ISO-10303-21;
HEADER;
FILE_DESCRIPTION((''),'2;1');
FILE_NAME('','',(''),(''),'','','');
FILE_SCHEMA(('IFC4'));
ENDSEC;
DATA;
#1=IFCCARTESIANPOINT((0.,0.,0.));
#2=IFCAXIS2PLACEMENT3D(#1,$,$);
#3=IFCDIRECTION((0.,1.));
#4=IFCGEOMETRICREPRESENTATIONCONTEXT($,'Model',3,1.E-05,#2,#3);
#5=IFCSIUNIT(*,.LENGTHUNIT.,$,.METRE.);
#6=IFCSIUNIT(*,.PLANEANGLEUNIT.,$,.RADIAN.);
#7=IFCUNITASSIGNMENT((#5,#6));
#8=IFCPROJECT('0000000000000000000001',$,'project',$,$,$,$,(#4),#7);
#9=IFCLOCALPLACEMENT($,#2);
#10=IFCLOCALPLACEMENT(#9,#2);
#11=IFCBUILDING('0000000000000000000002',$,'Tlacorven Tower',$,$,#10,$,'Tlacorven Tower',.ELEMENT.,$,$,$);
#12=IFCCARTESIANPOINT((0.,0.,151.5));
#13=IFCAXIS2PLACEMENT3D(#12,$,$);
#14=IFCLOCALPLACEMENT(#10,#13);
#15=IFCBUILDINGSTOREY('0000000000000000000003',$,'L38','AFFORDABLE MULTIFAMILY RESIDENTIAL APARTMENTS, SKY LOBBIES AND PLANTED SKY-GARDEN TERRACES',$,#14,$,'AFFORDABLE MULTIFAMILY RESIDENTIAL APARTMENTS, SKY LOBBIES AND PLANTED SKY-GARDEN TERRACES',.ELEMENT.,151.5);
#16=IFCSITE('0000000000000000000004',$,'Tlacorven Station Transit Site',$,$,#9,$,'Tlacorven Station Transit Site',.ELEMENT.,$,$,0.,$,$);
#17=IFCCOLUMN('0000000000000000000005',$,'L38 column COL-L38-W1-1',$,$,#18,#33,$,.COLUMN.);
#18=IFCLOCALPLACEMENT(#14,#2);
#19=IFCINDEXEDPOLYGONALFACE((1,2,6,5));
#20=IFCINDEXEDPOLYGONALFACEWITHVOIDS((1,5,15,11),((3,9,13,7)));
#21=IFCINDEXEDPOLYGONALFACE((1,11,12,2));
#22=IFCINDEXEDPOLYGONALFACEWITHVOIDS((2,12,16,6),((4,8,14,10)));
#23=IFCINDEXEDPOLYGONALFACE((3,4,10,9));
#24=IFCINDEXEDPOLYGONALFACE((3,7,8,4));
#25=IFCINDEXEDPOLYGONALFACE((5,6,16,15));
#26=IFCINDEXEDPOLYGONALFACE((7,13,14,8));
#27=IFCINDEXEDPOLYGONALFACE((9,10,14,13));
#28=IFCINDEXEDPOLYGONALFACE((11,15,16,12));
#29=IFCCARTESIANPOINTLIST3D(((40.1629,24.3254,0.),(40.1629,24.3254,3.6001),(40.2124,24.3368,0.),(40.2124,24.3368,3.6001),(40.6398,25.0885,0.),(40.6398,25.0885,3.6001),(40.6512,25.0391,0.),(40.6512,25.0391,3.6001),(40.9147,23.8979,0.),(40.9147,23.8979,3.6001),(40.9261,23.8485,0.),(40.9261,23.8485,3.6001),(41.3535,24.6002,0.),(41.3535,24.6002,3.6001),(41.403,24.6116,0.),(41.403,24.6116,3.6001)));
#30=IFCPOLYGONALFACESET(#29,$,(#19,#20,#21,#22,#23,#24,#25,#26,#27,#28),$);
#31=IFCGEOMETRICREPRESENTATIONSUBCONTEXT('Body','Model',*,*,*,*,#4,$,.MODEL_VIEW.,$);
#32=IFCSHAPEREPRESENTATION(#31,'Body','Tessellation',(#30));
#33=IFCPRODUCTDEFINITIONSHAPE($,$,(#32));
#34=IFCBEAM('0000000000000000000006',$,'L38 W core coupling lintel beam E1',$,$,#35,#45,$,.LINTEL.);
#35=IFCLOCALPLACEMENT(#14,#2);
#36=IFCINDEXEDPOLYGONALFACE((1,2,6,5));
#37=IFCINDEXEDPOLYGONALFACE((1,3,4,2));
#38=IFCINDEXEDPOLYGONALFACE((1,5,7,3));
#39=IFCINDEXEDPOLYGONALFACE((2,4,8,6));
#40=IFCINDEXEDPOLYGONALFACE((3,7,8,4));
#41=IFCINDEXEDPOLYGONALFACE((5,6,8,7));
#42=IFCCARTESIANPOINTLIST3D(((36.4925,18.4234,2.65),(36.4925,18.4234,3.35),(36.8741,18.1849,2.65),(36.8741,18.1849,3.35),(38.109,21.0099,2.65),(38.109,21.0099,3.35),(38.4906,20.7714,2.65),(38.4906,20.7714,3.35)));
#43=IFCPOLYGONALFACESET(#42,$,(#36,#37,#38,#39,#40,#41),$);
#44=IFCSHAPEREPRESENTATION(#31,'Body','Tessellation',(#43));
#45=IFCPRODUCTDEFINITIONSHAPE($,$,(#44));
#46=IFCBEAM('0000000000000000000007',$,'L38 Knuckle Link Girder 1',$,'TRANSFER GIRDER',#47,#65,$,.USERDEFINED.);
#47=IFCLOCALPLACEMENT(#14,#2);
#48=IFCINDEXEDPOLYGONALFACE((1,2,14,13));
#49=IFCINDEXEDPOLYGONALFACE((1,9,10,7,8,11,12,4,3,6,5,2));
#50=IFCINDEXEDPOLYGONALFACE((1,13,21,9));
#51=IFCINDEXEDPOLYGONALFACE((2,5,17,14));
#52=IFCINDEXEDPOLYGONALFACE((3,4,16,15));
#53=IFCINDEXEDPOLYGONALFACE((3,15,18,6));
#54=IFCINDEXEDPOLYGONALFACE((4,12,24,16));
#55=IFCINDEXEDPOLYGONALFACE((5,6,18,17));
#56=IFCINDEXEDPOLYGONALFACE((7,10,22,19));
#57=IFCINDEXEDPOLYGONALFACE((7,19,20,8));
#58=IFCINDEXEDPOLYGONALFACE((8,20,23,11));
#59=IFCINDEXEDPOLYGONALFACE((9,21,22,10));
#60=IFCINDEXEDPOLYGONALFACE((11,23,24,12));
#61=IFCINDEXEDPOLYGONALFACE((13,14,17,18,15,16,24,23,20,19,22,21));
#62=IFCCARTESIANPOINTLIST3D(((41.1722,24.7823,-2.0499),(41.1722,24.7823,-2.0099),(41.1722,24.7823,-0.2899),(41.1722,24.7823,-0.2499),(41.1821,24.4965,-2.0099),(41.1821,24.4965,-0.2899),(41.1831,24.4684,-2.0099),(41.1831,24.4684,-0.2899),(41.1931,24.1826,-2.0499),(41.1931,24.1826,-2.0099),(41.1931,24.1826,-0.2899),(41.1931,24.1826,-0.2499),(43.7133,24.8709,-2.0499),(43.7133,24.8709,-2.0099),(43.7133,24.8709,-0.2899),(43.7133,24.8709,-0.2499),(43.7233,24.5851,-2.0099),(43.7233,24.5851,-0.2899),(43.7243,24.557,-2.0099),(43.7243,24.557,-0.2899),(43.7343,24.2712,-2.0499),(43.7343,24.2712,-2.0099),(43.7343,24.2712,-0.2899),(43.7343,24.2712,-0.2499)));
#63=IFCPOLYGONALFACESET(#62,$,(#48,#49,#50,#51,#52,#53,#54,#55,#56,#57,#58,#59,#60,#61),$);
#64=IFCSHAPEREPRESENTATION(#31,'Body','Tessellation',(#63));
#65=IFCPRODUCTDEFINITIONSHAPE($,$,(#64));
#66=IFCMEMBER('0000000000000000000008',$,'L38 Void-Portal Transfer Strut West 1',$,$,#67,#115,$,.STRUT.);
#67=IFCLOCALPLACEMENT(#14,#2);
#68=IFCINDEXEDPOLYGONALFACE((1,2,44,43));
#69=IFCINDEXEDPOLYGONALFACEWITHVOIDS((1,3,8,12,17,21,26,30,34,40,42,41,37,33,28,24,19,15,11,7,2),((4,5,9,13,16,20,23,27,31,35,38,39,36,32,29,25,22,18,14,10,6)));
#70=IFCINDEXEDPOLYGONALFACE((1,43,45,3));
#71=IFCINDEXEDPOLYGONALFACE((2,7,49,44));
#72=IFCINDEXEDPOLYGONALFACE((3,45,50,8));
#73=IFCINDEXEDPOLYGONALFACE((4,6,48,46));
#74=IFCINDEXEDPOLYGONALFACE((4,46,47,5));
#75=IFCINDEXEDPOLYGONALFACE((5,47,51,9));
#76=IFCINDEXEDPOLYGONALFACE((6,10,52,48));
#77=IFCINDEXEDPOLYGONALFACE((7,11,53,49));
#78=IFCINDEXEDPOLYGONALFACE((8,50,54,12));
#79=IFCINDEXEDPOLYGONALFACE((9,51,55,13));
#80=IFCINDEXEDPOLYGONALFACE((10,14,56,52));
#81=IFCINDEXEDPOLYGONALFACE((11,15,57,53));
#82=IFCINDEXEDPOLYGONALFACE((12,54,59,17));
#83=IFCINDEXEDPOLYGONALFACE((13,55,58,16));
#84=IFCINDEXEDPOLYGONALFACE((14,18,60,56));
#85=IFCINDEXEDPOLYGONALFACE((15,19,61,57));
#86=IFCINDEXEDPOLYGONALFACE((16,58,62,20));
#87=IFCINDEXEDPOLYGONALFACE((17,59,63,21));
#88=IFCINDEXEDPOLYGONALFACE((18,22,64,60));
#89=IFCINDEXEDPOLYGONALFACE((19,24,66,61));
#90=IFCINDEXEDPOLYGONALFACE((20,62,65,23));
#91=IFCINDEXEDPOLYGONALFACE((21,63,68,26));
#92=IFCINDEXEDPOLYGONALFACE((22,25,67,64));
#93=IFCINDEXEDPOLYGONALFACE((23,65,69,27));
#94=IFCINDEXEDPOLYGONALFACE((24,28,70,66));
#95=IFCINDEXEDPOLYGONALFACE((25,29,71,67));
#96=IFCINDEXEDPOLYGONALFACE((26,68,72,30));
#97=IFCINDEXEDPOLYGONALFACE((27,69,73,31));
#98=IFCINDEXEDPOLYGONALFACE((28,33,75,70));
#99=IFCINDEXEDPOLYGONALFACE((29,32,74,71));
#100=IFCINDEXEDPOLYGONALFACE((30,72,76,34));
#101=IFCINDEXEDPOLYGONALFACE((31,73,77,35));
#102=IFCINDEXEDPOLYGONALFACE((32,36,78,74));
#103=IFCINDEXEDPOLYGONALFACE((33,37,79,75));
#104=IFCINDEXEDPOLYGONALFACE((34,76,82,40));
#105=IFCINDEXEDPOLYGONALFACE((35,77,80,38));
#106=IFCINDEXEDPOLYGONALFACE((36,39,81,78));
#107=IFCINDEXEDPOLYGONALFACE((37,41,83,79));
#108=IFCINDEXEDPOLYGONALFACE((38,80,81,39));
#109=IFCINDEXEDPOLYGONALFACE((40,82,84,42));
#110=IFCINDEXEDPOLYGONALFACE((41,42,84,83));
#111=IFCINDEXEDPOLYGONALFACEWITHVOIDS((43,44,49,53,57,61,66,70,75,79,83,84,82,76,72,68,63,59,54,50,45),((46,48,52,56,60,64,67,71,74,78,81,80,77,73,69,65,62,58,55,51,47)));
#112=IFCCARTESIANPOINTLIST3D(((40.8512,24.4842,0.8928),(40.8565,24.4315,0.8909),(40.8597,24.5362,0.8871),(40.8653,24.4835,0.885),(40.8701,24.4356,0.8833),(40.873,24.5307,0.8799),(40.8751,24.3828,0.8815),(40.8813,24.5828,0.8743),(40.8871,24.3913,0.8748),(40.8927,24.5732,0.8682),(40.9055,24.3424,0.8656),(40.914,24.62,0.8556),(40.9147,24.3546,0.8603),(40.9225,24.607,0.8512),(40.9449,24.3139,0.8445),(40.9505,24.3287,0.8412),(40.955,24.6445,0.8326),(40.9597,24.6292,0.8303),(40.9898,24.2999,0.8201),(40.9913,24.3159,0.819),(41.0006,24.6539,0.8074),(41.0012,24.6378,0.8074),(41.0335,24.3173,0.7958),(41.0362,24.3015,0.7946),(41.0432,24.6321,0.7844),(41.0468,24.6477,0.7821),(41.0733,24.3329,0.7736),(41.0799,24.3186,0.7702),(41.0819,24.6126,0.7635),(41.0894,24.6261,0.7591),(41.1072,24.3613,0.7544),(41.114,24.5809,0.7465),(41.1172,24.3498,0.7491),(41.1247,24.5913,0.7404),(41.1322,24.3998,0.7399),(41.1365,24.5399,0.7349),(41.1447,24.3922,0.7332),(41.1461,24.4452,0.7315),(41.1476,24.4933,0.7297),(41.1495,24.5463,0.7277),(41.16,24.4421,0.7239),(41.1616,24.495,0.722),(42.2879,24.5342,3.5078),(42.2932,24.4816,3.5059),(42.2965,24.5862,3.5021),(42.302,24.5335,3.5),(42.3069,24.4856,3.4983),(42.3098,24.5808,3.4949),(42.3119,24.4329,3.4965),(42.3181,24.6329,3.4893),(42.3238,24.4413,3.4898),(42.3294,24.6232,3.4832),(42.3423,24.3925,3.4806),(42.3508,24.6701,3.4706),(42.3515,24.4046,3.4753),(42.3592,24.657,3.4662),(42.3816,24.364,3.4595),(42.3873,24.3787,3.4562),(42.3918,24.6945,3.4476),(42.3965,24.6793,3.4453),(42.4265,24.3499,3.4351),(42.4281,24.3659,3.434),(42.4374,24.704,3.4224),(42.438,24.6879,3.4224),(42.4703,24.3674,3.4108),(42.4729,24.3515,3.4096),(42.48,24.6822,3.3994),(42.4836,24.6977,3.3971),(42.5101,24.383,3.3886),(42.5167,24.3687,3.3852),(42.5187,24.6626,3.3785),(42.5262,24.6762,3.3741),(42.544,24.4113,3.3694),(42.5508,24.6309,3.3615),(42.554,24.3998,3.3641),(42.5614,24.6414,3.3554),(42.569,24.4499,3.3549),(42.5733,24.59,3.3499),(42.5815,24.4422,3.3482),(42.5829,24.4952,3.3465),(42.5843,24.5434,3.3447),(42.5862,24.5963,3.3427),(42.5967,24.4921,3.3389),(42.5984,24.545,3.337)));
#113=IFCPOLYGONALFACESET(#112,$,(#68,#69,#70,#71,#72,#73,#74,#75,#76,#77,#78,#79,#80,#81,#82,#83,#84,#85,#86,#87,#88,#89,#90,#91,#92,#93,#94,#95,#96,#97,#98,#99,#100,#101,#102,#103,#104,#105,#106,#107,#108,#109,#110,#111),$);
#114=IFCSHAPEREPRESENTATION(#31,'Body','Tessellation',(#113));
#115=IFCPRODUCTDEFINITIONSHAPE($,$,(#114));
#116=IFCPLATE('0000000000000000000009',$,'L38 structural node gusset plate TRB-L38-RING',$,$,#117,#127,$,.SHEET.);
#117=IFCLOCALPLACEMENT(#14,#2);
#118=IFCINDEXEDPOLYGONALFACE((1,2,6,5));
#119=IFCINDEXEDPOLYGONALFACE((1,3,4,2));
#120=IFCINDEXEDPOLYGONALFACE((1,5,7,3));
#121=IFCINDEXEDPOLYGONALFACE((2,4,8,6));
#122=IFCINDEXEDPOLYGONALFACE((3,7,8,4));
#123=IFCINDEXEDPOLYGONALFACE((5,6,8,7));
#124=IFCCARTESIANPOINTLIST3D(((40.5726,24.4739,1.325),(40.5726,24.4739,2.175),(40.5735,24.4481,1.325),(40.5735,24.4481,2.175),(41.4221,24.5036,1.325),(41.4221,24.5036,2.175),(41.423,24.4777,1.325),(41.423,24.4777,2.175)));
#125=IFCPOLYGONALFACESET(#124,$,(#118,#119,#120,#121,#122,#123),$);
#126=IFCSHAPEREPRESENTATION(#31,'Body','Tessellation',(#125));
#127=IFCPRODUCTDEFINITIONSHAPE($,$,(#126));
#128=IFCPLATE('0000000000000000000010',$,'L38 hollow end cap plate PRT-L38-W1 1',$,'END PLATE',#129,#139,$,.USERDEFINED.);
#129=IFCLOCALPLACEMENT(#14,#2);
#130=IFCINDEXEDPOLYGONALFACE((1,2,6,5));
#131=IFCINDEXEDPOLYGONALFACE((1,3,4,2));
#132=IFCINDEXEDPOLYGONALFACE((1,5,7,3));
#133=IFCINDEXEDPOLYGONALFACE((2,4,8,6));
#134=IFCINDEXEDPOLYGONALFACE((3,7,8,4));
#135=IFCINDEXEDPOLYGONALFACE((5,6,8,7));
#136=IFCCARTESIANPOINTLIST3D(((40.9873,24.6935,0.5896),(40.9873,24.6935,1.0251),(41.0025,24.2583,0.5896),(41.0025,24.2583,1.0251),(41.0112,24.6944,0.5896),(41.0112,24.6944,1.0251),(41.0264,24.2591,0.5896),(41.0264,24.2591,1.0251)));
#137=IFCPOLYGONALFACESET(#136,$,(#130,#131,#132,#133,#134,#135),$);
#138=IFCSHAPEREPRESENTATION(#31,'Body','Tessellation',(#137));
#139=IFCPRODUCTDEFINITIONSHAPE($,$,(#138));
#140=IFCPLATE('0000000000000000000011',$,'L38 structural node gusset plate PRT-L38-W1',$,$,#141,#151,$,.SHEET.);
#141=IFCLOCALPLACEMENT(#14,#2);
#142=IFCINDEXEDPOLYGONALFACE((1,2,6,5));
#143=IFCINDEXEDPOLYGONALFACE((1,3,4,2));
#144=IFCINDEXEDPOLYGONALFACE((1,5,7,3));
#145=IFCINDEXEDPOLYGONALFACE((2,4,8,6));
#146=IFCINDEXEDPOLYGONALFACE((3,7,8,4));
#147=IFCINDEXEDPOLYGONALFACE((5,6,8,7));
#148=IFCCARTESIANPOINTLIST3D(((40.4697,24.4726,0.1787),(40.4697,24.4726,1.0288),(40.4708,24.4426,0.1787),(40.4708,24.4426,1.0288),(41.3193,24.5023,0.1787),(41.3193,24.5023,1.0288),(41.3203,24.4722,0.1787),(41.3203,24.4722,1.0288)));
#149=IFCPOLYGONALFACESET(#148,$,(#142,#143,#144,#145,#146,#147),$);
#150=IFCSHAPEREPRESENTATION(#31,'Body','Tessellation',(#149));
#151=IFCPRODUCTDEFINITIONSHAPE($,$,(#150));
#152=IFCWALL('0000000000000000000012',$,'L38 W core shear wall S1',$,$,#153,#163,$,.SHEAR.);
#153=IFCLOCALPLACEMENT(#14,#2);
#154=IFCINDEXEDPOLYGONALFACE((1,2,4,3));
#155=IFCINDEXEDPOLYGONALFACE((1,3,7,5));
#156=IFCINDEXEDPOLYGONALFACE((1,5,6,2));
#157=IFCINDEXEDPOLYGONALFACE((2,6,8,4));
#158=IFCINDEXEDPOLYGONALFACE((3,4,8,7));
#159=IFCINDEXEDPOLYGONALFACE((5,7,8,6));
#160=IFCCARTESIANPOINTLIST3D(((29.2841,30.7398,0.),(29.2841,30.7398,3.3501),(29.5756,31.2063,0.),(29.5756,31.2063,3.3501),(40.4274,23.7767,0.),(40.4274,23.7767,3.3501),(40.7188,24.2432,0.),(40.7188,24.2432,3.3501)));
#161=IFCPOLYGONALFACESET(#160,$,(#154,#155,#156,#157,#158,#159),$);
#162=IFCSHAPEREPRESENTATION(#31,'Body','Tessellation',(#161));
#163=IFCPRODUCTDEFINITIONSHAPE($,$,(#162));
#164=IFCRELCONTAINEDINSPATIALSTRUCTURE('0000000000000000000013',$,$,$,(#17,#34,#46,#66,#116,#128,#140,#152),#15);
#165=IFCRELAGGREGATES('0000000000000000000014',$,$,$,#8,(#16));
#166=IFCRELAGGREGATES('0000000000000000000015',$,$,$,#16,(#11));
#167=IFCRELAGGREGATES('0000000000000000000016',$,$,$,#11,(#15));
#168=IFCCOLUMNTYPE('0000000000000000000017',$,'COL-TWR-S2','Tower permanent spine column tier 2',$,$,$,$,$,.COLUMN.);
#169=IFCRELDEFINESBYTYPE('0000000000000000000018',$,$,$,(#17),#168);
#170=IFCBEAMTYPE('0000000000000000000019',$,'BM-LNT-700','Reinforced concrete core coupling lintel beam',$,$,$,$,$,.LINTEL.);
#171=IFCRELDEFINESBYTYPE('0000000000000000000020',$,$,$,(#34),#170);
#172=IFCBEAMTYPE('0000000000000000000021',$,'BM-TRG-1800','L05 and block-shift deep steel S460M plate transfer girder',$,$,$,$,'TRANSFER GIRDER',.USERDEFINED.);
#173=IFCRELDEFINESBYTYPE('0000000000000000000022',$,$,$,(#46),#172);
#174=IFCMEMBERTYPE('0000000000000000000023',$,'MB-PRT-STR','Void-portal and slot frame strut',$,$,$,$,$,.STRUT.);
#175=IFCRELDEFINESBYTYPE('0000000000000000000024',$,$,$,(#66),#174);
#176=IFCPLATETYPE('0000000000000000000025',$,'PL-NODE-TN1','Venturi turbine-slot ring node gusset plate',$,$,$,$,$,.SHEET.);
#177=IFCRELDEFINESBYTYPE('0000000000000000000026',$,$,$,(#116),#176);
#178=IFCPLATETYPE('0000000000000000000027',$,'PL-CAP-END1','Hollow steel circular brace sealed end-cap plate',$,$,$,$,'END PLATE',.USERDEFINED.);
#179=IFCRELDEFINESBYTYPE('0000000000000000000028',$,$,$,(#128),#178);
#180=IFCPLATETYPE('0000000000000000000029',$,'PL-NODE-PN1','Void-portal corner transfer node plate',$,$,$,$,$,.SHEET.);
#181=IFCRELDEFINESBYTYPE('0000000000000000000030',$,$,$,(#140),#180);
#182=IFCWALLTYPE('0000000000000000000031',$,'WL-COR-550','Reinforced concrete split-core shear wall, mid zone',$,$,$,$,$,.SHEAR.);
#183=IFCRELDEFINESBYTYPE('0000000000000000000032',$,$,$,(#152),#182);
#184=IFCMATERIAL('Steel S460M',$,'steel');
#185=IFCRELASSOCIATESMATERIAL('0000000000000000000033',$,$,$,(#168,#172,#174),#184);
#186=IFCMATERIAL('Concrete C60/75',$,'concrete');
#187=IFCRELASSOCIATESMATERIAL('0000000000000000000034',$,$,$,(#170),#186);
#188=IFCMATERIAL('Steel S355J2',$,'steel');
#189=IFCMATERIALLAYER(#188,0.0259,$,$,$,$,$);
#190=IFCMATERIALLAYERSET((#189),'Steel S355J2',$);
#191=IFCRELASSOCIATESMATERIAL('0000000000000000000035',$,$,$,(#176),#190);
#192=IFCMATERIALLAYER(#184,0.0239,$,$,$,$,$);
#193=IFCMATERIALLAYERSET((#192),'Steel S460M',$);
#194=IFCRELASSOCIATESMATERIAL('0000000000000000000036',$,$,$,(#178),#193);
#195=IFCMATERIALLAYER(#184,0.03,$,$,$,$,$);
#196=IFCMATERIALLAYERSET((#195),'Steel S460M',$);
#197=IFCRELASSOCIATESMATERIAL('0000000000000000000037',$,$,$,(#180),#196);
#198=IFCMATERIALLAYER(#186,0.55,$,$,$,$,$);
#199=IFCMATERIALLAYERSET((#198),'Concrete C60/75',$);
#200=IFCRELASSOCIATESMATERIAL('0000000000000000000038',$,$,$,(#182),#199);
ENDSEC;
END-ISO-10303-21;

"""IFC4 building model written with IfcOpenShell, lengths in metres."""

from ifc_helpers import new_model, si_unit, direction, frame, frame_2d, origin, origin_2d, place, context, subcontext, project, spatial, rectangle, hollow_rectangle, hollow_circle, i_section, extrude, source, transform, mapped, material, layer, layer_set, material_profile, profile_set, type_object, element, save


model = new_model("IFC4")

# Units and contexts
model_context = context("Model", 3, precision=1e-05, world=origin(), true_north=direction((0.0, 1.0)))
body_context = subcontext(model_context, "Body", "Model", "MODEL_VIEW")
ifc_project = project(units=[si_unit("LENGTHUNIT", "METRE"), si_unit("PLANEANGLEUNIT", "RADIAN")], contexts=[model_context])

# Site, building, storey
site_placement = place(None, origin())
site = spatial("IfcSite", under=ifc_project, at=site_placement, Name="Tlacorven Station Transit Site", LongName="Tlacorven Station Transit Site", CompositionType="ELEMENT", RefElevation=0.0)
building_placement = place(site_placement, origin())
building = spatial("IfcBuilding", under=site, at=building_placement, Name="Tlacorven Tower", LongName="Tlacorven Tower", CompositionType="ELEMENT")
storey_placement = place(building_placement, frame((0.0, 0.0, 151.5)))
storey = spatial("IfcBuildingStorey", under=building, at=storey_placement, Name="L38", Description="AFFORDABLE MULTIFAMILY RESIDENTIAL APARTMENTS, SKY LOBBIES AND PLANTED SKY-GARDEN TERRACES", LongName="AFFORDABLE MULTIFAMILY RESIDENTIAL APARTMENTS, SKY LOBBIES AND PLANTED SKY-GARDEN TERRACES", CompositionType="ELEMENT", Elevation=151.5)

# Column
ifc_material_1 = material(Name="Steel S460M", Category="steel")
ifc_material_profile_1 = material_profile(ifc_material_1, hollow_rectangle(XDim=0.8999, YDim=0.8999, WallThickness=0.0359, at=origin_2d()), Name="BOX 900X900X36")
ifc_profile_set_1 = profile_set([ifc_material_profile_1], Name="Steel S460M")
column_type = type_object("IfcColumnType", Name="COL-TWR-S2", Description="Tower permanent spine column tier 2", PredefinedType="COLUMN", material=ifc_profile_set_1)
shared_shape_1 = source(origin(), body_context, "Body", "SweptSolid", [
    extrude(hollow_rectangle(XDim=0.8999, YDim=0.8999, WallThickness=0.0359, at=origin_2d()), origin(), (0.0, 0.0, 1.0), 3.6001),
])
column_placement = place(storey_placement, frame((40.783, 24.4685, 0.0), z_axis=(0.0, 0.0, 1.0), x_axis=(-0.848048, 0.529919, 0.0)))
element("IfcColumn", 1, at=column_placement, inside=storey, type_object=column_type, Name="L38 column COL-L38-W1-1", PredefinedType="COLUMN", context=body_context, shape_type="MappedRepresentation", body=[
    mapped(shared_shape_1, transform((0.0, 0.0, 0.0), scale=1.0)),
])

# Beams
ifc_material_2 = material(Name="Concrete C60/75", Category="concrete")
ifc_material_profile_2 = material_profile(ifc_material_2, rectangle(XDim=0.45, YDim=0.7, at=origin_2d()), Name="RC 450X700")
ifc_profile_set_2 = profile_set([ifc_material_profile_2], Name="Concrete C60/75")
beam_type_1 = type_object("IfcBeamType", Name="BM-LNT-700", Description="Reinforced concrete core coupling lintel beam", PredefinedType="LINTEL", material=ifc_profile_set_2)
shared_shape_2 = source(origin(), body_context, "Body", "SweptSolid", [
    extrude(rectangle(XDim=0.45, YDim=0.7, at=origin_2d()), origin(), (0.0, 0.0, 1.0), 3.05),
])
beam_1_placement = place(storey_placement, frame((38.2998, 20.8906, 3.0), z_axis=(-0.529985, -0.848007, 0.0), x_axis=(0.848007, -0.529985, 0.0)))
element("IfcBeam", 2, at=beam_1_placement, inside=storey, type_object=beam_type_1, Name="L38 W core coupling lintel beam E1", PredefinedType="LINTEL", context=body_context, shape_type="MappedRepresentation", body=[
    mapped(shared_shape_2, transform((0.0, 0.0, 0.0), scale=1.0)),
])
ifc_material_profile_3 = material_profile(ifc_material_1, i_section(OverallWidth=0.6001, OverallDepth=1.8, WebThickness=0.0281, FlangeThickness=0.04, at=origin_2d()), Name="PG 1800X600X28X40")
ifc_profile_set_3 = profile_set([ifc_material_profile_3], Name="Steel S460M")
beam_type_2 = type_object("IfcBeamType", Name="BM-TRG-1800", Description="L05 and block-shift deep steel S460M plate transfer girder", ElementType="TRANSFER GIRDER", PredefinedType="USERDEFINED", material=ifc_profile_set_3)
shared_shape_3 = source(origin(), body_context, "Body", "SweptSolid", [
    extrude(i_section(OverallWidth=0.6001, OverallDepth=1.8, WebThickness=0.0281, FlangeThickness=0.04, at=origin_2d()), origin(), (0.0, 0.0, 1.0), 2.5427),
])
beam_2_placement = place(storey_placement, frame((41.1826, 24.4824, -1.1499), z_axis=(0.999392, 0.034852, 0.0), x_axis=(-0.034852, 0.999392, 0.0)))
element("IfcBeam", 3, at=beam_2_placement, inside=storey, type_object=beam_type_2, Name="L38 Knuckle Link Girder 1", ObjectType="TRANSFER GIRDER", PredefinedType="USERDEFINED", context=body_context, shape_type="MappedRepresentation", body=[
    mapped(shared_shape_3, transform((0.0, 0.0, 0.0), scale=1.0)),
])

# Member
ifc_material_profile_4 = material_profile(ifc_material_1, hollow_circle(Radius=0.1777, WallThickness=0.0161, at=origin_2d()), Name="CHS 355.6X16")
ifc_profile_set_4 = profile_set([ifc_material_profile_4], Name="Steel S460M")
member_type = type_object("IfcMemberType", Name="MB-PRT-STR", Description="Void-portal and slot frame strut", PredefinedType="STRUT", material=ifc_profile_set_4)
shared_shape_4 = source(origin(), body_context, "Body", "SweptSolid", [
    extrude(hollow_circle(Radius=0.1777, WallThickness=0.0161, at=origin_2d()), origin(), (0.0, 0.0, 1.0), 2.9841),
])
member_placement = place(storey_placement, frame((41.0068, 24.4763, 0.8074), z_axis=(0.481471, 0.016772, 0.876302), x_axis=(-0.034813, 0.999394, 0.0)))
element("IfcMember", 4, at=member_placement, inside=storey, type_object=member_type, Name="L38 Void-Portal Transfer Strut West 1", PredefinedType="STRUT", context=body_context, shape_type="MappedRepresentation", body=[
    mapped(shared_shape_4, transform((0.0, 0.0, 0.0), scale=1.0)),
])

# Plates
ifc_material_3 = material(Name="Steel S355J2", Category="steel")
ifc_layer_1 = layer(ifc_material_3, 0.0259)
ifc_layer_set_1 = layer_set([ifc_layer_1], Name="Steel S355J2")
plate_type_1 = type_object("IfcPlateType", Name="PL-NODE-TN1", Description="Venturi turbine-slot ring node gusset plate", PredefinedType="SHEET", material=ifc_layer_set_1)
shared_shape_5 = source(origin(), body_context, "Body", "SweptSolid", [
    extrude(rectangle(XDim=0.8501, YDim=0.0259, at=origin_2d()), origin(), (0.0, 0.0, 1.0), 0.8501),
])
plate_1_placement = place(storey_placement, frame((40.9978, 24.4758, 1.325), z_axis=(0.0, 0.0, 1.0), x_axis=(0.999391, 0.034899, 0.0)))
element("IfcPlate", 5, at=plate_1_placement, inside=storey, type_object=plate_type_1, Name="L38 structural node gusset plate TRB-L38-RING", PredefinedType="SHEET", context=body_context, shape_type="MappedRepresentation", body=[
    mapped(shared_shape_5, transform((0.0, 0.0, 0.0), scale=1.0)),
])
ifc_layer_2 = layer(ifc_material_1, 0.0239)
ifc_layer_set_2 = layer_set([ifc_layer_2], Name="Steel S460M")
plate_type_2 = type_object("IfcPlateType", Name="PL-CAP-END1", Description="Hollow steel circular brace sealed end-cap plate", ElementType="END PLATE", PredefinedType="USERDEFINED", material=ifc_layer_set_2)
shared_shape_6 = source(origin(), body_context, "Body", "SweptSolid", [
    extrude(rectangle(XDim=0.0239, YDim=0.4355, at=origin_2d()), origin(), (0.0, 0.0, 1.0), 0.4355),
])
plate_2_placement = place(storey_placement, frame((41.0068, 24.4763, 0.5896), z_axis=(0.0, 0.0, 1.0), x_axis=(0.999391, 0.034898, 0.0)))
element("IfcPlate", 6, at=plate_2_placement, inside=storey, type_object=plate_type_2, Name="L38 hollow end cap plate PRT-L38-W1 1", ObjectType="END PLATE", PredefinedType="USERDEFINED", context=body_context, shape_type="MappedRepresentation", body=[
    mapped(shared_shape_6, transform((0.0, 0.0, 0.0), scale=1.0)),
])
ifc_layer_3 = layer(ifc_material_1, 0.03)
ifc_layer_set_3 = layer_set([ifc_layer_3], Name="Steel S460M")
plate_type_3 = type_object("IfcPlateType", Name="PL-NODE-PN1", Description="Void-portal corner transfer node plate", PredefinedType="SHEET", material=ifc_layer_set_3)
shared_shape_7 = source(origin(), body_context, "Body", "SweptSolid", [
    extrude(rectangle(XDim=0.8501, YDim=0.03, at=origin_2d()), origin(), (0.0, 0.0, 1.0), 0.8501),
])
plate_3_placement = place(storey_placement, frame((40.895, 24.4724, 0.1787), z_axis=(0.0, 0.0, 1.0), x_axis=(0.999391, 0.034898, 0.0)))
element("IfcPlate", 7, at=plate_3_placement, inside=storey, type_object=plate_type_3, Name="L38 structural node gusset plate PRT-L38-W1", PredefinedType="SHEET", context=body_context, shape_type="MappedRepresentation", body=[
    mapped(shared_shape_7, transform((0.0, 0.0, 0.0), scale=1.0)),
])

# Wall
ifc_layer_4 = layer(ifc_material_2, 0.55)
ifc_layer_set_4 = layer_set([ifc_layer_4], Name="Concrete C60/75")
wall_type_1 = type_object("IfcWallType", Name="WL-COR-550", Description="Reinforced concrete split-core shear wall, mid zone", PredefinedType="SHEAR", material=ifc_layer_set_4)
wall_1_placement = place(storey_placement, frame((40.573, 24.01, 0.0), z_axis=(0.0, 0.0, 1.0), x_axis=(-0.848047, 0.52992, 0.0)))
element("IfcWall", 8, at=wall_1_placement, inside=storey, type_object=wall_type_1, Name="L38 W core shear wall S1", PredefinedType="SHEAR", context=body_context, shape_type="SweptSolid", body=[
    extrude(rectangle(XDim=13.1399, YDim=0.55, at=frame_2d((6.5698, 0.0))), origin(), (0.0, 0.0, 1.0), 3.3501),
])

save(model, "model.ifc")
